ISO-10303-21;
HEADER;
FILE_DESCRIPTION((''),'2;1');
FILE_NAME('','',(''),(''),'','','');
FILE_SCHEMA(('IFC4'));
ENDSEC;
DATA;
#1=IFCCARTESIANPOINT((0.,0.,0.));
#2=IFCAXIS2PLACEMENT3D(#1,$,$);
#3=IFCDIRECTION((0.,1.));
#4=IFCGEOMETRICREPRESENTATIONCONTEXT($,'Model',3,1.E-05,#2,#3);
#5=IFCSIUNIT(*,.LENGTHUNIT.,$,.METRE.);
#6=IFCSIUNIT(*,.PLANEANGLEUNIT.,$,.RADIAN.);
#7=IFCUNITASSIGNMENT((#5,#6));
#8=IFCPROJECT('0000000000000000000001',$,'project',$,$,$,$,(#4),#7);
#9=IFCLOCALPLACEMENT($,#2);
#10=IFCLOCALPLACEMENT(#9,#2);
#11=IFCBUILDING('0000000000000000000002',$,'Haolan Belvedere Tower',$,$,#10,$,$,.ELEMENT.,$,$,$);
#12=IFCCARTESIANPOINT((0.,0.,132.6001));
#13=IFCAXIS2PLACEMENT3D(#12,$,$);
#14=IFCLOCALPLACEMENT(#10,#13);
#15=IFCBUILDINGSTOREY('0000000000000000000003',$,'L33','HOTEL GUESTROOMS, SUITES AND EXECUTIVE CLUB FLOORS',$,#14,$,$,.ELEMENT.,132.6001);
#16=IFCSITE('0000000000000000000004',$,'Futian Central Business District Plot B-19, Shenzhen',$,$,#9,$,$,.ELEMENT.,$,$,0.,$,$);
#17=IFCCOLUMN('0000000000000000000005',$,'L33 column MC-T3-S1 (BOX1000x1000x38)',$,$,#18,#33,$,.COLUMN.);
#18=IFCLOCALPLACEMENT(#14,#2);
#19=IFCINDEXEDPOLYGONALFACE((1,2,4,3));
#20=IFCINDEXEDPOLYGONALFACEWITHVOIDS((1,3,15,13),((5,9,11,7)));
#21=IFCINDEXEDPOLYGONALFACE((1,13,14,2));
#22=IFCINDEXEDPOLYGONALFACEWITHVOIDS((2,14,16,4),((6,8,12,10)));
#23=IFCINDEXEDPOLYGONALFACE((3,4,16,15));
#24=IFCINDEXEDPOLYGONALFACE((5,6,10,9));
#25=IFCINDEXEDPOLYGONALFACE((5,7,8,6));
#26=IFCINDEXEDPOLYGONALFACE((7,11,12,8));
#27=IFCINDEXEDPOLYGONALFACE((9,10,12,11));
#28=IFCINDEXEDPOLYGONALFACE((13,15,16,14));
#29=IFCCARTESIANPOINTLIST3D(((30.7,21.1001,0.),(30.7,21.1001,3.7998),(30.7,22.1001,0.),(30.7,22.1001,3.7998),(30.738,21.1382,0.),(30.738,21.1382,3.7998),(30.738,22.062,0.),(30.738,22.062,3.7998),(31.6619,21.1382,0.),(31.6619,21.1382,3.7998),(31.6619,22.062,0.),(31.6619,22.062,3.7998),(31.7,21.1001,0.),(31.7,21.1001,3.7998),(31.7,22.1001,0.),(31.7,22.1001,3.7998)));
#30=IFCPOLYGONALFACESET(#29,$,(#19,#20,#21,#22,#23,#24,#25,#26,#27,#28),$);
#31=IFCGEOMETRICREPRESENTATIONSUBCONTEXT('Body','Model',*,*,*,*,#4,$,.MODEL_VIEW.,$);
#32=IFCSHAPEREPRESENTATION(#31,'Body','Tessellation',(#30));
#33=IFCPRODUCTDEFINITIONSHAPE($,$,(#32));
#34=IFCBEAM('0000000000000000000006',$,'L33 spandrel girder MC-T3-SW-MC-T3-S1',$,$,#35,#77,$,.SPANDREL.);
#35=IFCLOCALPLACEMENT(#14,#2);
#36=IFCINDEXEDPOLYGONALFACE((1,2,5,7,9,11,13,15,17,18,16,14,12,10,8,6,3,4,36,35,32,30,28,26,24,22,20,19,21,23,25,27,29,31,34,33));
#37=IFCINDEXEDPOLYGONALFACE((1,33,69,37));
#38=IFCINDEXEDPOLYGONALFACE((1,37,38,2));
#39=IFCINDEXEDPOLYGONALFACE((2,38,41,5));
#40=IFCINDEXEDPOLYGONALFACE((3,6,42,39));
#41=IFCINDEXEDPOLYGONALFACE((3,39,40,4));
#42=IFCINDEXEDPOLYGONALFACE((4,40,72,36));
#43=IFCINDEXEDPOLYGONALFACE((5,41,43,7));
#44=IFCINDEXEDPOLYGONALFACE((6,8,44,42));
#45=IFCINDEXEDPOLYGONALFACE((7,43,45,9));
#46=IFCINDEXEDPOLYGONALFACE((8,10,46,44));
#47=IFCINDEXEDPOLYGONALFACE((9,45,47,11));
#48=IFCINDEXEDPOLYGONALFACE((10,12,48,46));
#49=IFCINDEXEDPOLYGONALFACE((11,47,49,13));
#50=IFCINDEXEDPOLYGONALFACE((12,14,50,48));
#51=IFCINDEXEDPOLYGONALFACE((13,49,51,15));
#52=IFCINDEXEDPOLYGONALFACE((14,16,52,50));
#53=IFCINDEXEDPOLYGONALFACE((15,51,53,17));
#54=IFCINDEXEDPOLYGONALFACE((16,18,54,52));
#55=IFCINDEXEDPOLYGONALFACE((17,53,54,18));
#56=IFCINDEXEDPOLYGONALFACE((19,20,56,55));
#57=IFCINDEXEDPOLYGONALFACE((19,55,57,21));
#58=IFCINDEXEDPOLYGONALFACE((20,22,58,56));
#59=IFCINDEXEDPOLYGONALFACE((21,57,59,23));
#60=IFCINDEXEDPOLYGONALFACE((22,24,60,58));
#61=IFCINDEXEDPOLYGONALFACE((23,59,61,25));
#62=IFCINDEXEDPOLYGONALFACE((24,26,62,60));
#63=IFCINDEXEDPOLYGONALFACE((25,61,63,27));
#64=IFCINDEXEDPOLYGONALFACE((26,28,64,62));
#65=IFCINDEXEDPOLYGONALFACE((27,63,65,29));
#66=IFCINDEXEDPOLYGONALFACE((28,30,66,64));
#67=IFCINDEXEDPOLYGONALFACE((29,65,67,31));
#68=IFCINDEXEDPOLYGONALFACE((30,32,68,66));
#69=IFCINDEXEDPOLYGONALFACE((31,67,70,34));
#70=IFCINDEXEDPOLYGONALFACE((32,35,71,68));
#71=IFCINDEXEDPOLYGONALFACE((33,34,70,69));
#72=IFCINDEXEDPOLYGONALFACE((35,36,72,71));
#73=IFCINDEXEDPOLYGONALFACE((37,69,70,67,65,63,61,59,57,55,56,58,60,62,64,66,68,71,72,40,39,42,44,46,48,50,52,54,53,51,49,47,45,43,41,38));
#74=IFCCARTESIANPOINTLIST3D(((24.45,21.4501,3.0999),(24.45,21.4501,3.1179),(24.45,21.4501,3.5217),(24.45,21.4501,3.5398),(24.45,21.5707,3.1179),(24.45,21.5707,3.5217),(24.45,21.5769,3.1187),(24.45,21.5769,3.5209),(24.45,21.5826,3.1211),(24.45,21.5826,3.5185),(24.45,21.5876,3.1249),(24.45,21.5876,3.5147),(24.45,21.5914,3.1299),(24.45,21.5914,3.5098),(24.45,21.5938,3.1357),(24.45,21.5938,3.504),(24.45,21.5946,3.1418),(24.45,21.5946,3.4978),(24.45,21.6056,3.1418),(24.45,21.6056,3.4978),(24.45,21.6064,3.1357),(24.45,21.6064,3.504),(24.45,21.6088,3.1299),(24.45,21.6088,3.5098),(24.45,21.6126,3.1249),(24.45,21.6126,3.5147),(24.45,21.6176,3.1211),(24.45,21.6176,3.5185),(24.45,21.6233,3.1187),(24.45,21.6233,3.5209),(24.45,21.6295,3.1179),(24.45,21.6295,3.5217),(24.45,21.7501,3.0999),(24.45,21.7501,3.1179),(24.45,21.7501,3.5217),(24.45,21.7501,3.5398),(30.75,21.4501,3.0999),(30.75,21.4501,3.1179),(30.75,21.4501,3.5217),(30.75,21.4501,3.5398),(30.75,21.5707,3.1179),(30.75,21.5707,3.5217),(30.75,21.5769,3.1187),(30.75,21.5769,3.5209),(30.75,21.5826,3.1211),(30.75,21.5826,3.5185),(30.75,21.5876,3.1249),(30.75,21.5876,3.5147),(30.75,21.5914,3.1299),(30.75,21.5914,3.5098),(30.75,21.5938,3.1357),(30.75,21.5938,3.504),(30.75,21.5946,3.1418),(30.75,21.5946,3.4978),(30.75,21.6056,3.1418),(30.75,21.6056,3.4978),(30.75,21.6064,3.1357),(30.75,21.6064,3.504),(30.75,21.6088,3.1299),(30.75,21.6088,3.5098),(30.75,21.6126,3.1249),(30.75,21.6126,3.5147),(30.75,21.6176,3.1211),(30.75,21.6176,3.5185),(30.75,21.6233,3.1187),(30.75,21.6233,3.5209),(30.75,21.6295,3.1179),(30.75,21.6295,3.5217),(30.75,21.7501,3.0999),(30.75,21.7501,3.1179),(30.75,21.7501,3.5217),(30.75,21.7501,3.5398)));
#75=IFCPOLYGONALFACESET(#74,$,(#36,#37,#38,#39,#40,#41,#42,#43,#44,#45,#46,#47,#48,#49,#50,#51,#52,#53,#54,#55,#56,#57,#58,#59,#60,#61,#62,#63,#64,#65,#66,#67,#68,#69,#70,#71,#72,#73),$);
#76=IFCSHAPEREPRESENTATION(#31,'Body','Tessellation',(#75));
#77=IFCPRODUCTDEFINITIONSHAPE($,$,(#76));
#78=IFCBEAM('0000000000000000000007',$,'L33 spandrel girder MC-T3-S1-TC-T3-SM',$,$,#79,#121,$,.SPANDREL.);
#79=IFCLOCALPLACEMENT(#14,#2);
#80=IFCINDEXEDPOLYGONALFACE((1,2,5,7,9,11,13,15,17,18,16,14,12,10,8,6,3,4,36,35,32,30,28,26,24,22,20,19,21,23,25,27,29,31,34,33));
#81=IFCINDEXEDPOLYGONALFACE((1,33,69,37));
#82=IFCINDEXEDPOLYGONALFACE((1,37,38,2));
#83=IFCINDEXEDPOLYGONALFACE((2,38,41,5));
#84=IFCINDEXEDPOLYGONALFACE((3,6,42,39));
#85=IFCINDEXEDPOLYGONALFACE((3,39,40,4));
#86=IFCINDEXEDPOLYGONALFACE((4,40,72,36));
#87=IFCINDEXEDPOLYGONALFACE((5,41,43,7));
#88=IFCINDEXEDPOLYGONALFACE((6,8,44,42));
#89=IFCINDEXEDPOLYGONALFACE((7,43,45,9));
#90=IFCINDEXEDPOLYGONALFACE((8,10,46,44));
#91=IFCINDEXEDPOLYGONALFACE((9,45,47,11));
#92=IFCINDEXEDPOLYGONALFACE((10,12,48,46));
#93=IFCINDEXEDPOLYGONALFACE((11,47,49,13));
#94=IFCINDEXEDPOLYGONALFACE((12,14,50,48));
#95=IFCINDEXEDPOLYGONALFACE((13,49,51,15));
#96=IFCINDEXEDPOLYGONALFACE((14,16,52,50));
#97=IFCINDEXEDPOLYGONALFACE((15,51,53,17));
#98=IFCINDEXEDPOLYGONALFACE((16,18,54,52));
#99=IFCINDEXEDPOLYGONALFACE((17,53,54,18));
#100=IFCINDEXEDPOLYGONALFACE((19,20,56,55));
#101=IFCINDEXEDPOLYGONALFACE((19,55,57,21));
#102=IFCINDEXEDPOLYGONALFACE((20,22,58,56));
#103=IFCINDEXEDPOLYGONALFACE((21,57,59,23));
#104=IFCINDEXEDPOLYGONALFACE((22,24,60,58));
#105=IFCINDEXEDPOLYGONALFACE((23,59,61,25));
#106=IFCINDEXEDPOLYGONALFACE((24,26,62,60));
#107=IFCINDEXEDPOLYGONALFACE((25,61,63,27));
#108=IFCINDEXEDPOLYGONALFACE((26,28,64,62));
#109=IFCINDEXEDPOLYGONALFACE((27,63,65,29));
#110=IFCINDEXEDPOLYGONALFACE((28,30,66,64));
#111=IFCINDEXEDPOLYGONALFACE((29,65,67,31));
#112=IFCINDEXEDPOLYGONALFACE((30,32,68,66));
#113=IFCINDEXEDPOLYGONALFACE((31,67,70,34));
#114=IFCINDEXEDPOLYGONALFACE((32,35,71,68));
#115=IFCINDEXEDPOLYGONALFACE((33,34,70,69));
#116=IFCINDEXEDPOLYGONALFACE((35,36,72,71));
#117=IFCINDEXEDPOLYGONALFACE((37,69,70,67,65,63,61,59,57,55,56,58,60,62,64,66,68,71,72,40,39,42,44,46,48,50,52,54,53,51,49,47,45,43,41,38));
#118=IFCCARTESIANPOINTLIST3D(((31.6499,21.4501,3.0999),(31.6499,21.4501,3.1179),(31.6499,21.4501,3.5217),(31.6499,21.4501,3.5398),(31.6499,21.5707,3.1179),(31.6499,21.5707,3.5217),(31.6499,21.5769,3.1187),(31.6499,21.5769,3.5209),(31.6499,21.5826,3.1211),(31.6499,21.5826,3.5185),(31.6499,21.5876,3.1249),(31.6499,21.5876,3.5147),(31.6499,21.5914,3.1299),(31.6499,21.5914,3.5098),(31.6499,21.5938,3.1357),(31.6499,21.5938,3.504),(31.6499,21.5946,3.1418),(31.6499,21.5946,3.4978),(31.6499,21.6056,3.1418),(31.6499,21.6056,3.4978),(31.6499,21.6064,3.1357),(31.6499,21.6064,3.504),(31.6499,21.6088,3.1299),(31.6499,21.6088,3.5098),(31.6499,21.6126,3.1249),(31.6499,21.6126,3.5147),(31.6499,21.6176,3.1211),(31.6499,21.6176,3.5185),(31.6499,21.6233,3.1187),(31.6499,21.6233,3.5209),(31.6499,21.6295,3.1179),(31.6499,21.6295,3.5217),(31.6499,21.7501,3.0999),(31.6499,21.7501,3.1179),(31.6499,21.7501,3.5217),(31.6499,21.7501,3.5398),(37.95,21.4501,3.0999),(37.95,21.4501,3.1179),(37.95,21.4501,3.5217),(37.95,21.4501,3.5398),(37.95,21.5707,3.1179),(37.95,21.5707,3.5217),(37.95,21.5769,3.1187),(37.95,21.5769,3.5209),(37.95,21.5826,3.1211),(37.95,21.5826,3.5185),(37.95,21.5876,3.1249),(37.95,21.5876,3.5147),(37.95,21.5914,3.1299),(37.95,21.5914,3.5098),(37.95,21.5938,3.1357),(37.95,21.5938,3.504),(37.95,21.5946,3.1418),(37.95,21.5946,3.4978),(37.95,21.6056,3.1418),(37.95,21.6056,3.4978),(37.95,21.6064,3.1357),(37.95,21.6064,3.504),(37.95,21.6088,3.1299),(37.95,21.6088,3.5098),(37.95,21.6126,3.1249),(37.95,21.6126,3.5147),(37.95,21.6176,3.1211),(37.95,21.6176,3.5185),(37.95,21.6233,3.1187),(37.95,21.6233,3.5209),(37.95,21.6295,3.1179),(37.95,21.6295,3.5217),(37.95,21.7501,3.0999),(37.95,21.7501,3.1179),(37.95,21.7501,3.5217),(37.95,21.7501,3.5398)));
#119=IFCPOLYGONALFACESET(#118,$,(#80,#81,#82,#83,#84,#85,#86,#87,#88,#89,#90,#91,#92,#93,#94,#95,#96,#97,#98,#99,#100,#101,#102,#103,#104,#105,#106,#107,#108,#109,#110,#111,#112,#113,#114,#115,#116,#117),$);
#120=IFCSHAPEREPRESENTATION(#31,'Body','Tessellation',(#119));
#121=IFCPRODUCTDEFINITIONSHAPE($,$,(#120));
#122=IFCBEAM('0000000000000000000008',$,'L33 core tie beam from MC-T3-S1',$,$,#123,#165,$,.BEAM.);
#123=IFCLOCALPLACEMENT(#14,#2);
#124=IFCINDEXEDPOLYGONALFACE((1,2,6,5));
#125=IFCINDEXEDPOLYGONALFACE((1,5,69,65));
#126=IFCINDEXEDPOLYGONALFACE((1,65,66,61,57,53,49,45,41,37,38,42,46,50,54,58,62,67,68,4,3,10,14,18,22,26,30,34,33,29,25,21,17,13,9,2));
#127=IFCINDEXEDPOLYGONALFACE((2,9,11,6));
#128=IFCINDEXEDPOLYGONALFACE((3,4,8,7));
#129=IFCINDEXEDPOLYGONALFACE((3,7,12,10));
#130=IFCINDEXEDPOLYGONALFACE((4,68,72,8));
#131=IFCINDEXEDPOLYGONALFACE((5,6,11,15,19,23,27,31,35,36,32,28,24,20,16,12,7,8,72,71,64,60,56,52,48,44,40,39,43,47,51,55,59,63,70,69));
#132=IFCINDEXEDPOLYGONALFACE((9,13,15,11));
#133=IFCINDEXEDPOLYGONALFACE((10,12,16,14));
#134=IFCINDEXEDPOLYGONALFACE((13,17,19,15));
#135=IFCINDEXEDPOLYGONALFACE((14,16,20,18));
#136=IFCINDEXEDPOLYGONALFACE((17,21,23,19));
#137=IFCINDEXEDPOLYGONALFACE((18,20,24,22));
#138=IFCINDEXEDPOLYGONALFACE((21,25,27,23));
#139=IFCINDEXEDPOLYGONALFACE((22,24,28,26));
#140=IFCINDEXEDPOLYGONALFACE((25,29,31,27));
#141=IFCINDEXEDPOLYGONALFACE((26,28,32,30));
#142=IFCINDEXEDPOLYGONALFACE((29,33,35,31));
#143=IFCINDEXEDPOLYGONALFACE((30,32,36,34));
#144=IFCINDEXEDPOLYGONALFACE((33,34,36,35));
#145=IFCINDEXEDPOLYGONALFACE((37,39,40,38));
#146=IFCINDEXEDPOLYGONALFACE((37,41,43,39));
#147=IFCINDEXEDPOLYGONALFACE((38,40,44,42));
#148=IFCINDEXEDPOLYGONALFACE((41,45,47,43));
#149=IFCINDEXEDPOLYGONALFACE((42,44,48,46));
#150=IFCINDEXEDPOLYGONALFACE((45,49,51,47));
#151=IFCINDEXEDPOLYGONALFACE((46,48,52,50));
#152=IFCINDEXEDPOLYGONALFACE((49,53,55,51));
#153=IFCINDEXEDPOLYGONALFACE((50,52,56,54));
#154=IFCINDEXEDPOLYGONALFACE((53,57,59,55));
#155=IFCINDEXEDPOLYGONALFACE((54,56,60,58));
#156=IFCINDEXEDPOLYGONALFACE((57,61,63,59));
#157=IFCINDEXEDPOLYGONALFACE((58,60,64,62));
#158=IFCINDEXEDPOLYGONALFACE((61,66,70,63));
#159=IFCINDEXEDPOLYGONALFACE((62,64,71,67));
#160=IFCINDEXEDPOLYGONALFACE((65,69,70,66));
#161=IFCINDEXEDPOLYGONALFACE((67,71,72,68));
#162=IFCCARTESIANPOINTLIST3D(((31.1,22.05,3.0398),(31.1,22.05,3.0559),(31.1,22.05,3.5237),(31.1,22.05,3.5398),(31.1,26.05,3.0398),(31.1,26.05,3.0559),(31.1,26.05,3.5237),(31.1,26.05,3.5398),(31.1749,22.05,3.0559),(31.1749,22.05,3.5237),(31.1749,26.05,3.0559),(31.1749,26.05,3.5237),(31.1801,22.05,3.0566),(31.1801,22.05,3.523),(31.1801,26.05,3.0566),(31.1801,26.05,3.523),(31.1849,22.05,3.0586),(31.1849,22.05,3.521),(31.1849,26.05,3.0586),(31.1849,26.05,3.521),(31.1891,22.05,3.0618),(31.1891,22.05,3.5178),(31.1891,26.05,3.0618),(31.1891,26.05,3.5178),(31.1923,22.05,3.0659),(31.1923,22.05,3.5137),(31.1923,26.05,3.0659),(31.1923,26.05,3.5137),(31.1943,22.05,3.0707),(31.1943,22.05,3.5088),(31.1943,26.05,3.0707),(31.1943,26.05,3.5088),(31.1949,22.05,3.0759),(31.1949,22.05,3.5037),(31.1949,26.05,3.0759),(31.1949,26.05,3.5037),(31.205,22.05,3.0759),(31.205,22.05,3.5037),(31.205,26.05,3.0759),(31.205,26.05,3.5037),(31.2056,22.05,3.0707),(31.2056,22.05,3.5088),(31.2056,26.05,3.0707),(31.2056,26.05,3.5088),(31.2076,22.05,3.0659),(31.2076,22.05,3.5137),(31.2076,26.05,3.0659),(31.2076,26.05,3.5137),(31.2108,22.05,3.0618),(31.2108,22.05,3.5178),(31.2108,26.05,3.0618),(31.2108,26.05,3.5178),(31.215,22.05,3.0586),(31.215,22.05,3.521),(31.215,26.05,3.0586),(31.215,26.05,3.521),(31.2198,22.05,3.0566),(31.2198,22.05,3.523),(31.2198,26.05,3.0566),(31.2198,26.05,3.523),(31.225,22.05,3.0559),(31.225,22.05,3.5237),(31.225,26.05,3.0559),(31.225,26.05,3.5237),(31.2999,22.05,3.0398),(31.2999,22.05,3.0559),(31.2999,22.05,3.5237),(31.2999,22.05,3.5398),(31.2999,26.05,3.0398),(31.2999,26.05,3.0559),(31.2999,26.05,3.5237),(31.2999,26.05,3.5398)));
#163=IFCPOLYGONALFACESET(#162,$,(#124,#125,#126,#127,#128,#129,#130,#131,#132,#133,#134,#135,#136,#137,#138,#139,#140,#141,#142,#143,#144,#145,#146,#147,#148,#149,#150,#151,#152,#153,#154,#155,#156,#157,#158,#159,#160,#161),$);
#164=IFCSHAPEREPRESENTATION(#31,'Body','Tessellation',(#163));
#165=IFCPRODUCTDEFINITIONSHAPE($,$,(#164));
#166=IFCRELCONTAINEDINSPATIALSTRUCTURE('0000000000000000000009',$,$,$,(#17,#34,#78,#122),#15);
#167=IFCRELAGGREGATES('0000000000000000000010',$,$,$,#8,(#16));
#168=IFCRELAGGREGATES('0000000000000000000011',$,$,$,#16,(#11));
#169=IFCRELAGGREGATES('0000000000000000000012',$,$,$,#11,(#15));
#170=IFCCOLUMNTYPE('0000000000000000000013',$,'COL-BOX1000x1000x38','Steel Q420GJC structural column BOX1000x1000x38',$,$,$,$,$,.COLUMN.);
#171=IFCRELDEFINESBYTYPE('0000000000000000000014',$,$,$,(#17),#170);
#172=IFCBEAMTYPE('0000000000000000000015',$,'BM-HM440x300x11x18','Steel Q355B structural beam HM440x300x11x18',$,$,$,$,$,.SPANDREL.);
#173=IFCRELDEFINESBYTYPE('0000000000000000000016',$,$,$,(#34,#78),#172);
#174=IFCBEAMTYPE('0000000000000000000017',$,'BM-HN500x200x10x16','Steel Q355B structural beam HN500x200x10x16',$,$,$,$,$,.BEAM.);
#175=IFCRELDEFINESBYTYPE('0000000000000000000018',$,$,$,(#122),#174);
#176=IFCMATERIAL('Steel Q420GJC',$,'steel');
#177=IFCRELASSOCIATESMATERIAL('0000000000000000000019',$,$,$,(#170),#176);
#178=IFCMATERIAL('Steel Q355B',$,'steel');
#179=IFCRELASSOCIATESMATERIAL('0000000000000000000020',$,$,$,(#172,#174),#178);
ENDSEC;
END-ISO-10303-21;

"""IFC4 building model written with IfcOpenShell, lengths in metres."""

from ifc_helpers import new_model, si_unit, direction, frame, origin, origin_2d, place, context, subcontext, project, spatial, hollow_rectangle, i_section, extrude, material, material_profile, profile_set, type_object, element, save


model = new_model("IFC4")

# Units and contexts
model_context = context("Model", 3, precision=1e-05, world=origin(), true_north=direction((0.0, 1.0)))
body_context = subcontext(model_context, "Body", "Model", "MODEL_VIEW")
ifc_project = project(units=[si_unit("LENGTHUNIT", "METRE"), si_unit("PLANEANGLEUNIT", "RADIAN")], contexts=[model_context])

# Site, building, storey
site_placement = place(None, origin())
site = spatial("IfcSite", under=ifc_project, at=site_placement, Name="Futian Central Business District Plot B-19, Shenzhen", CompositionType="ELEMENT", RefElevation=0.0)
building_placement = place(site_placement, origin())
building = spatial("IfcBuilding", under=site, at=building_placement, Name="Haolan Belvedere Tower", CompositionType="ELEMENT")
storey_placement = place(building_placement, frame((0.0, 0.0, 132.6001)))
storey = spatial("IfcBuildingStorey", under=building, at=storey_placement, Name="L33", Description="HOTEL GUESTROOMS, SUITES AND EXECUTIVE CLUB FLOORS", CompositionType="ELEMENT", Elevation=132.6001)

# Column
ifc_material_1 = material(Name="Steel Q420GJC", Category="steel")
ifc_material_profile_1 = material_profile(ifc_material_1, hollow_rectangle(XDim=1.0, YDim=1.0, WallThickness=0.0381, at=origin_2d()), Name="Steel Q420GJC")
ifc_profile_set_1 = profile_set([ifc_material_profile_1], Name="Steel Q420GJC")
column_type = type_object("IfcColumnType", Name="COL-BOX1000x1000x38", Description="Steel Q420GJC structural column BOX1000x1000x38", PredefinedType="COLUMN", material=ifc_profile_set_1)
column_placement = place(storey_placement, frame((31.2, 21.6001, 0.0), z_axis=(0.0, 0.0, 1.0), x_axis=(1.0, 0.0, 0.0)))
element("IfcColumn", 1, at=column_placement, inside=storey, type_object=column_type, Name="L33 column MC-T3-S1 (BOX1000x1000x38)", PredefinedType="COLUMN", context=body_context, shape_type="SweptSolid", body=[
    extrude(hollow_rectangle(XDim=1.0, YDim=1.0, WallThickness=0.0381, at=origin_2d()), origin(), (0.0, 0.0, 1.0), 3.7998),
])

# Beams
ifc_material_2 = material(Name="Steel Q355B", Category="steel")
ifc_material_profile_2 = material_profile(ifc_material_2, i_section(OverallWidth=0.3, OverallDepth=0.4399, WebThickness=0.011, FlangeThickness=0.0181, FilletRadius=0.0239, at=origin_2d()), Name="Steel Q355B")
ifc_profile_set_2 = profile_set([ifc_material_profile_2], Name="Steel Q355B")
beam_type_1 = type_object("IfcBeamType", Name="BM-HM440x300x11x18", Description="Steel Q355B structural beam HM440x300x11x18", PredefinedType="SPANDREL", material=ifc_profile_set_2)
for number, where, z_axis, x_axis, name in (
    (2, (24.45, 21.6001, 3.3198), (1.0, 0.0, 0.0), (0.0, 1.0, 0.0), "L33 spandrel girder MC-T3-SW-MC-T3-S1"),
    (3, (31.6499, 21.6001, 3.3198), (1.0, 0.0, 0.0), (0.0, 1.0, 0.0), "L33 spandrel girder MC-T3-S1-TC-T3-SM"),
):
    element("IfcBeam", number, at=place(storey_placement, frame(where, z_axis=z_axis, x_axis=x_axis)), inside=storey, type_object=beam_type_1, Name=name, PredefinedType="SPANDREL", context=body_context, shape_type="SweptSolid", body=[
        extrude(i_section(OverallWidth=0.3, OverallDepth=0.4399, WebThickness=0.011, FlangeThickness=0.0181, FilletRadius=0.0239, at=origin_2d()), origin(), (0.0, 0.0, 1.0), 6.3),
    ])
ifc_material_profile_3 = material_profile(ifc_material_2, i_section(OverallWidth=0.2, OverallDepth=0.5, WebThickness=0.01, FlangeThickness=0.0161, FilletRadius=0.02, at=origin_2d()), Name="Steel Q355B")
ifc_profile_set_3 = profile_set([ifc_material_profile_3], Name="Steel Q355B")
beam_type_2 = type_object("IfcBeamType", Name="BM-HN500x200x10x16", Description="Steel Q355B structural beam HN500x200x10x16", PredefinedType="BEAM", material=ifc_profile_set_3)
beam_placement = place(storey_placement, frame((31.2, 22.05, 3.2898), z_axis=(0.0, 1.0, 0.0), x_axis=(-1.0, 0.0, 0.0)))
element("IfcBeam", 4, at=beam_placement, inside=storey, type_object=beam_type_2, Name="L33 core tie beam from MC-T3-S1", PredefinedType="BEAM", context=body_context, shape_type="SweptSolid", body=[
    extrude(i_section(OverallWidth=0.2, OverallDepth=0.5, WebThickness=0.01, FlangeThickness=0.0161, FilletRadius=0.02, at=origin_2d()), origin(), (0.0, 0.0, 1.0), 4.0),
])

save(model, "model.ifc")
